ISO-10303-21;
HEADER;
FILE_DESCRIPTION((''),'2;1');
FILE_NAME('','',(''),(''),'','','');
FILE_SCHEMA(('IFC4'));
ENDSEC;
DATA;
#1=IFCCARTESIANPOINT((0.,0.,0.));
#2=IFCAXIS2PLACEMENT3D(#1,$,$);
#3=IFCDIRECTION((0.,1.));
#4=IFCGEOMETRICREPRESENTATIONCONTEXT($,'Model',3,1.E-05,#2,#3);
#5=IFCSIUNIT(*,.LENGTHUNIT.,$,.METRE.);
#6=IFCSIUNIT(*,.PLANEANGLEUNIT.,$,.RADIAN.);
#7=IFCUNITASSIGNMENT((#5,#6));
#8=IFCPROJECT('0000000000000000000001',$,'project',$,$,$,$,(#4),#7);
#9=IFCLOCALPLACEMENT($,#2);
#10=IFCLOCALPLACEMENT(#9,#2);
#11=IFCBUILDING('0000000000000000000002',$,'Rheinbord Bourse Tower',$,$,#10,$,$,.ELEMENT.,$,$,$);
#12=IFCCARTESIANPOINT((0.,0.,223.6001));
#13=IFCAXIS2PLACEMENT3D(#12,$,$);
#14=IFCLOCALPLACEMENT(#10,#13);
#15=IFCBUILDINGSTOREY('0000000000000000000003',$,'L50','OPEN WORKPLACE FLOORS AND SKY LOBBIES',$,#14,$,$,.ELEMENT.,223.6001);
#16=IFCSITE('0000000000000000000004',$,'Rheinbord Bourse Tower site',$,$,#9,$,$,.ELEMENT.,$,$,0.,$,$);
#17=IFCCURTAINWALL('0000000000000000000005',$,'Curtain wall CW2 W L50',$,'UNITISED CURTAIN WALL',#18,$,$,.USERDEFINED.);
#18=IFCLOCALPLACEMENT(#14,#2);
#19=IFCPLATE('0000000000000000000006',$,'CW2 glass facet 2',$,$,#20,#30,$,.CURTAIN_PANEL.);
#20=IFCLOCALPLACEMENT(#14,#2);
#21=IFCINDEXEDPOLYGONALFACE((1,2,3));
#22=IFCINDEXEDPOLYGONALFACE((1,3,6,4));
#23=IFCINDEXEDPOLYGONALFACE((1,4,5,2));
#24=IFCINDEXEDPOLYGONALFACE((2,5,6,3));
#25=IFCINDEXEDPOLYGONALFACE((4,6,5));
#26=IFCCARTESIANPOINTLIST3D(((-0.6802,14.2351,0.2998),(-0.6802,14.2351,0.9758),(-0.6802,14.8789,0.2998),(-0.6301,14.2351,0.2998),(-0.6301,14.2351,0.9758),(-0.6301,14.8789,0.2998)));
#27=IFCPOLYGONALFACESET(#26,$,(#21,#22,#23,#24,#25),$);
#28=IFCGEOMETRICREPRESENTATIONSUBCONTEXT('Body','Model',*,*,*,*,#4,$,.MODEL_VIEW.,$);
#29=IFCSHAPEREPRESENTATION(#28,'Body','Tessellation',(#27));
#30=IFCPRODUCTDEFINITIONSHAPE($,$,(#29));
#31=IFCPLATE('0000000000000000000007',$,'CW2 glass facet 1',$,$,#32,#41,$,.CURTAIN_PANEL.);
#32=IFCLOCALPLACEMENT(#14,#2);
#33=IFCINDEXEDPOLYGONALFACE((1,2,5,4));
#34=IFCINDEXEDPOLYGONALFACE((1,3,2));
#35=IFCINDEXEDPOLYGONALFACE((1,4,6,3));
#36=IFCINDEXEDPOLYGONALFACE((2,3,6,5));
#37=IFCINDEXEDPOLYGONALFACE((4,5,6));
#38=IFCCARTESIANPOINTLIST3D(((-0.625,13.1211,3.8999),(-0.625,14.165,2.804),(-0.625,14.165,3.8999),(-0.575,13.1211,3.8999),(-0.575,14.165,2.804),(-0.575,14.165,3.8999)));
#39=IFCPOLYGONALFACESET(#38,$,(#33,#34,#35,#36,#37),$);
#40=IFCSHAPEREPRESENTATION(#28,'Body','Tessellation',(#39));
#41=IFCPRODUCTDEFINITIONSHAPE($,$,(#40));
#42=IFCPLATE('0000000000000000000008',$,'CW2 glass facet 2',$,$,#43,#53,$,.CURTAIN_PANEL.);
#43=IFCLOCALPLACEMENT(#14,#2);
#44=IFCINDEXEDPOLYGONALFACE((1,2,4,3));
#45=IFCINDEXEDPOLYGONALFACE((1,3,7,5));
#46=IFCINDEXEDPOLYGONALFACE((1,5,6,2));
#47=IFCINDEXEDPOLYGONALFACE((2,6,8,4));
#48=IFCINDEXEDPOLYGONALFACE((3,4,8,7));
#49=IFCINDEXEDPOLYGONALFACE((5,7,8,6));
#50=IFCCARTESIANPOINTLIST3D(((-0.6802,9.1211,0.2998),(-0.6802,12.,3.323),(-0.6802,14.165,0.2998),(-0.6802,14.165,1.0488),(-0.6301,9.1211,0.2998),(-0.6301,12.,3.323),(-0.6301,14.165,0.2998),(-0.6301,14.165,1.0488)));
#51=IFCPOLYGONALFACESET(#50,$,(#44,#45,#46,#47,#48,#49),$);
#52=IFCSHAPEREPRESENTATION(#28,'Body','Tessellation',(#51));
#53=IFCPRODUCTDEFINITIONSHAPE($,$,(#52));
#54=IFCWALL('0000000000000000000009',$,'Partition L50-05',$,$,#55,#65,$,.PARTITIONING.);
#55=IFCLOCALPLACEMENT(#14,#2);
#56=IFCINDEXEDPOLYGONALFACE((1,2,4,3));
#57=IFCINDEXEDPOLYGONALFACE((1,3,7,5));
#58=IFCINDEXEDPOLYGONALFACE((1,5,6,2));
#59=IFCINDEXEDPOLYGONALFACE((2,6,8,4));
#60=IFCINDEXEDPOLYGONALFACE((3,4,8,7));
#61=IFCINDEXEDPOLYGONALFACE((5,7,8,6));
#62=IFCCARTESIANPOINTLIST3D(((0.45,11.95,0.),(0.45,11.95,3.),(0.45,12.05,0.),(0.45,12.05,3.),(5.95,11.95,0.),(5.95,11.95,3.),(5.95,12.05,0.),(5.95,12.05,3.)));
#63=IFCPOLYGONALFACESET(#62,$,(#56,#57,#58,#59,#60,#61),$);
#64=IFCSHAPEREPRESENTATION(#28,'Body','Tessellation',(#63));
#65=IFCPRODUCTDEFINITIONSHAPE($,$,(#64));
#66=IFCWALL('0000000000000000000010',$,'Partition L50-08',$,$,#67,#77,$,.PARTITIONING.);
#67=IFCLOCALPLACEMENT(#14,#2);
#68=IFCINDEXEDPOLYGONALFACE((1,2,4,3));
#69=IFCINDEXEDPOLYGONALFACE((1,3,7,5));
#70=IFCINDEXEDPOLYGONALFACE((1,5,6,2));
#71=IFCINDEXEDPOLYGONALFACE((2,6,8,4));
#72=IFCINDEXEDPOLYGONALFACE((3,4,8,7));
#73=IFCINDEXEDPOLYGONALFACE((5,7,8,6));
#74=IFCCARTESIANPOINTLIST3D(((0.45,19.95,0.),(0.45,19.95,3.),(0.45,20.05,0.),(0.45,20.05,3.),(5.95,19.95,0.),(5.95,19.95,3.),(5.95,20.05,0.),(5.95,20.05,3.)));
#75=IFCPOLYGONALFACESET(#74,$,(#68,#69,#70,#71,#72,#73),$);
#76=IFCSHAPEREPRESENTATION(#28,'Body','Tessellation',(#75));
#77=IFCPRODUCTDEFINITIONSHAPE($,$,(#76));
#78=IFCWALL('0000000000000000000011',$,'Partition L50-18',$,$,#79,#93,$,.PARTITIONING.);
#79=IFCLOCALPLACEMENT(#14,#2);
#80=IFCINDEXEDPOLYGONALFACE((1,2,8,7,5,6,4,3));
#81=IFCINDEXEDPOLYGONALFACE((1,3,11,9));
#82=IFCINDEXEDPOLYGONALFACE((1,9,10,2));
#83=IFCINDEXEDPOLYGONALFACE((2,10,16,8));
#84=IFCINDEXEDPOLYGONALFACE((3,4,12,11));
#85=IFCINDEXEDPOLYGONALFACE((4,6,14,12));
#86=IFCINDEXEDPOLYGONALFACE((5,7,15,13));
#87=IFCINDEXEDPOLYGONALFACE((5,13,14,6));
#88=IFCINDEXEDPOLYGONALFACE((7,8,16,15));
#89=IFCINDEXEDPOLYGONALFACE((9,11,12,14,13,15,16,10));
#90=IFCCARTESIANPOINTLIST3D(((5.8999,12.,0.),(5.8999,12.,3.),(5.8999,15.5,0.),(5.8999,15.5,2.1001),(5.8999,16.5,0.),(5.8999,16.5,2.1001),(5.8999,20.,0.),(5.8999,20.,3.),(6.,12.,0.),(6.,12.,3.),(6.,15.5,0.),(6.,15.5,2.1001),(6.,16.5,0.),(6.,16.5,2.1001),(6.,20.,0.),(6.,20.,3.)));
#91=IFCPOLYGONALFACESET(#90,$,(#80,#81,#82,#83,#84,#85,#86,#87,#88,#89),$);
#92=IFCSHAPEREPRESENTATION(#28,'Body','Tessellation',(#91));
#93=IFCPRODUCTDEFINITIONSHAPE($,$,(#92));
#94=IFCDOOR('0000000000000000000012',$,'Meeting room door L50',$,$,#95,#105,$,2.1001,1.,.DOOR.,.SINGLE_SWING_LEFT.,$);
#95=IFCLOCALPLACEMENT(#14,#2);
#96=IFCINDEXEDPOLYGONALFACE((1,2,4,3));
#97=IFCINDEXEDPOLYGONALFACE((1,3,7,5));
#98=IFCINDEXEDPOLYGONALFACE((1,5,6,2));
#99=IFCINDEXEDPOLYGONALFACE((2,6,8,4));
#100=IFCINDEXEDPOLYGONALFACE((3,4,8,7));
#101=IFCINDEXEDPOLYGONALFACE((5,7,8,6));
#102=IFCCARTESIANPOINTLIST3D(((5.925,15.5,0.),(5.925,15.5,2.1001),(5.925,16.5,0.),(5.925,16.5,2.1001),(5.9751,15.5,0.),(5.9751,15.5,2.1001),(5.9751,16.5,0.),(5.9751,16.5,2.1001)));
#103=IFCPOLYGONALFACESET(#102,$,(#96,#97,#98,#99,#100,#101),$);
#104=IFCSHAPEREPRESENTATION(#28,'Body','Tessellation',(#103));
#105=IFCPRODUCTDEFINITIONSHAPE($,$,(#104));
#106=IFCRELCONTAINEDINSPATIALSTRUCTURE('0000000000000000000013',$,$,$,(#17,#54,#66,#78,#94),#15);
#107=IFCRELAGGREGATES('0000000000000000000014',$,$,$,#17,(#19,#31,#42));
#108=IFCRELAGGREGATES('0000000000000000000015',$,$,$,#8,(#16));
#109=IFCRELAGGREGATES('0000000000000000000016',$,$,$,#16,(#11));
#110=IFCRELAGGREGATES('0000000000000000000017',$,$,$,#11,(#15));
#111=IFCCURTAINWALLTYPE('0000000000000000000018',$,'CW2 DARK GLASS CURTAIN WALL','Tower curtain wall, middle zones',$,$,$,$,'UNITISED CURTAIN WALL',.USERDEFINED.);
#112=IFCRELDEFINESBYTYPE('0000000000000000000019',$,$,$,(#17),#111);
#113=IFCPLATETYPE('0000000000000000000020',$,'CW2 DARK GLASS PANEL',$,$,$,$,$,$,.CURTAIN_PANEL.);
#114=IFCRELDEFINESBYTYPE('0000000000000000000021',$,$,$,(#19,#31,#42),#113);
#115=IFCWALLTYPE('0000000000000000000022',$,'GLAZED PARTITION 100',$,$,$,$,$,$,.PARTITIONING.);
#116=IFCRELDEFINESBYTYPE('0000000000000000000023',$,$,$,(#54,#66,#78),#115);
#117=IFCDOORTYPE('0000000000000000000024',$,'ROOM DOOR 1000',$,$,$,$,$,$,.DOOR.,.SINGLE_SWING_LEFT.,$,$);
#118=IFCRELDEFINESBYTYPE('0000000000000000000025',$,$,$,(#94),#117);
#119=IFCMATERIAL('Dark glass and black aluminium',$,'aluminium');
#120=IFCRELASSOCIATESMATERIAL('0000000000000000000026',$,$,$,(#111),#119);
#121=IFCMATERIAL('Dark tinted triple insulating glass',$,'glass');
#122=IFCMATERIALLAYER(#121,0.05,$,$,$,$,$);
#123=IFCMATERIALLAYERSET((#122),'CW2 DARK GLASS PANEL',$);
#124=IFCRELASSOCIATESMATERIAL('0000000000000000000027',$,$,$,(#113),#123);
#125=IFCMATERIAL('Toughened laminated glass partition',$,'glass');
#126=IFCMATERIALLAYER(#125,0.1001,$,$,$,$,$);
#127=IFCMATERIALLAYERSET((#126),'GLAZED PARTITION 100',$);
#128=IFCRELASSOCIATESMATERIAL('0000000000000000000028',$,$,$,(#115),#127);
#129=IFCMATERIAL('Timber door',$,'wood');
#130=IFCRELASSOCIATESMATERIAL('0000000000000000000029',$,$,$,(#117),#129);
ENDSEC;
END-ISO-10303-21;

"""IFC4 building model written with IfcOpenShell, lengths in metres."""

from ifc_helpers import new_model, si_unit, direction, frame, frame_2d, origin, place, context, subcontext, project, spatial, polyline, rectangle, outline, extrude, material, layer, layer_set, type_object, element, fill, aggregate, save


model = new_model("IFC4")

# Units and contexts
model_context = context("Model", 3, precision=1e-05, world=origin(), true_north=direction((0.0, 1.0)))
body_context = subcontext(model_context, "Body", "Model", "MODEL_VIEW")
ifc_project = project(units=[si_unit("LENGTHUNIT", "METRE"), si_unit("PLANEANGLEUNIT", "RADIAN")], contexts=[model_context])

# Site, building, storey
site_placement = place(None, origin())
site = spatial("IfcSite", under=ifc_project, at=site_placement, Name="Rheinbord Bourse Tower site", CompositionType="ELEMENT", RefElevation=0.0)
building_placement = place(site_placement, origin())
building = spatial("IfcBuilding", under=site, at=building_placement, Name="Rheinbord Bourse Tower", CompositionType="ELEMENT")
storey_placement = place(building_placement, frame((0.0, 0.0, 223.6001)))
storey = spatial("IfcBuildingStorey", under=building, at=storey_placement, Name="L50", Description="OPEN WORKPLACE FLOORS AND SKY LOBBIES", CompositionType="ELEMENT", Elevation=223.6001)

# Curtain wall
ifc_material_1 = material(Name="Dark glass and black aluminium", Category="aluminium")
curtain_wall_type = type_object("IfcCurtainWallType", Name="CW2 DARK GLASS CURTAIN WALL", Description="Tower curtain wall, middle zones", ElementType="UNITISED CURTAIN WALL", PredefinedType="USERDEFINED", material=ifc_material_1)
curtain_wall_placement = place(storey_placement, origin())
curtain_wall = element("IfcCurtainWall", 1, at=curtain_wall_placement, inside=storey, type_object=curtain_wall_type, Name="Curtain wall CW2 W L50", ObjectType="UNITISED CURTAIN WALL", PredefinedType="USERDEFINED")

# Plates
ifc_material_2 = material(Name="Dark tinted triple insulating glass", Category="glass")
ifc_layer_1 = layer(ifc_material_2, 0.05)
ifc_layer_set_1 = layer_set([ifc_layer_1], Name="CW2 DARK GLASS PANEL")
plate_type = type_object("IfcPlateType", Name="CW2 DARK GLASS PANEL", PredefinedType="CURTAIN_PANEL", material=ifc_layer_set_1)
plate_1_placement = place(storey_placement, frame((-0.6802, 14.2351, 0.2998), z_axis=(1.0, 0.0, 0.0), x_axis=(0.0, 1.0, 0.0)))
plate_1 = element("IfcPlate", 2, at=plate_1_placement, type_object=plate_type, Name="CW2 glass facet 2", PredefinedType="CURTAIN_PANEL", context=body_context, shape_type="SweptSolid", body=[
    extrude(outline(polyline([(0.0, 0.0), (0.6438, 0.0), (0.0, 0.676), (0.0, 0.0)])), origin(), (0.0, 0.0, 1.0), 0.05),
])
plate_2_placement = place(storey_placement, frame((-0.625, 14.165, 3.8999), z_axis=(1.0, 0.0, 0.0), x_axis=(0.0, -1.0, 0.0)))
plate_2 = element("IfcPlate", 3, at=plate_2_placement, type_object=plate_type, Name="CW2 glass facet 1", PredefinedType="CURTAIN_PANEL", context=body_context, shape_type="SweptSolid", body=[
    extrude(outline(polyline([(0.0, 0.0), (1.0439, 0.0), (0.0, 1.0959), (0.0, 0.0)])), origin(), (0.0, 0.0, 1.0), 0.05),
])
plate_3_placement = place(storey_placement, frame((-0.6802, 14.165, 0.2998), z_axis=(1.0, 0.0, 0.0), x_axis=(0.0, 0.0, 1.0)))
plate_3 = element("IfcPlate", 4, at=plate_3_placement, type_object=plate_type, Name="CW2 glass facet 2", PredefinedType="CURTAIN_PANEL", context=body_context, shape_type="SweptSolid", body=[
    extrude(outline(polyline([(0.0, 0.0), (0.749, 0.0), (3.0232, 2.165), (0.0, 5.0439), (0.0, 0.0)])), origin(), (0.0, 0.0, 1.0), 0.05),
])
aggregate(curtain_wall, [plate_1, plate_2, plate_3])

# Walls
ifc_material_3 = material(Name="Toughened laminated glass partition", Category="glass")
ifc_layer_2 = layer(ifc_material_3, 0.1001)
ifc_layer_set_2 = layer_set([ifc_layer_2], Name="GLAZED PARTITION 100")
wall_type = type_object("IfcWallType", Name="GLAZED PARTITION 100", PredefinedType="PARTITIONING", material=ifc_layer_set_2)
for number, where, z_axis, x_axis, name in (
    (5, (0.45, 12.0, 0.0), (0.0, 0.0, 1.0), (1.0, 0.0, 0.0), "Partition L50-05"),
    (6, (0.45, 20.0, 0.0), (0.0, 0.0, 1.0), (1.0, 0.0, 0.0), "Partition L50-08"),
):
    element("IfcWall", number, at=place(storey_placement, frame(where, z_axis=z_axis, x_axis=x_axis)), inside=storey, type_object=wall_type, Name=name, PredefinedType="PARTITIONING", context=body_context, shape_type="SweptSolid", body=[
        extrude(rectangle(XDim=5.5, YDim=0.1001, at=frame_2d((2.75, 0.0))), origin(), (0.0, 0.0, 1.0), 3.0),
    ])

# Wall, opening, door
wall_placement = place(storey_placement, frame((5.95, 12.0, 0.0), z_axis=(0.0, 0.0, 1.0), x_axis=(0.0, 1.0, 0.0)))
wall = element("IfcWall", 7, at=wall_placement, inside=storey, type_object=wall_type, Name="Partition L50-18", PredefinedType="PARTITIONING", context=body_context, shape_type="SweptSolid", body=[
    extrude(rectangle(XDim=8.0, YDim=0.1001, at=frame_2d((4.0, 0.0))), origin(), (0.0, 0.0, 1.0), 3.0),
])
opening_placement = place(wall_placement, frame((3.5, 0.0, 0.0)))
opening = element("IfcOpeningElement", 8, at=opening_placement, cuts=wall, PredefinedType="OPENING", context=body_context, shape_type="SweptSolid", body=[
    extrude(rectangle(XDim=1.0, YDim=2.1001, at=frame_2d((0.5, 1.05))), frame((0.0, 0.0601, 0.0), z_axis=(0.0, -1.0, 0.0), x_axis=(1.0, 0.0, 0.0)), (0.0, 0.0, 1.0), 0.1201),
])
ifc_material_4 = material(Name="Timber door", Category="wood")
door_type = type_object("IfcDoorType", Name="ROOM DOOR 1000", OperationType="SINGLE_SWING_LEFT", PredefinedType="DOOR", material=ifc_material_4)
door_placement = place(opening_placement, origin())
door = element("IfcDoor", 9, at=door_placement, inside=storey, type_object=door_type, Name="Meeting room door L50", OperationType="SINGLE_SWING_LEFT", OverallHeight=2.1001, OverallWidth=1.0, PredefinedType="DOOR", context=body_context, shape_type="SweptSolid", body=[
    extrude(rectangle(XDim=1.0, YDim=2.1001, at=frame_2d((0.5, 1.05))), frame((0.0, 0.0249, 0.0), z_axis=(0.0, -1.0, 0.0), x_axis=(1.0, 0.0, 0.0)), (0.0, 0.0, 1.0), 0.05),
])
fill(opening, door)

save(model, "model.ifc")
